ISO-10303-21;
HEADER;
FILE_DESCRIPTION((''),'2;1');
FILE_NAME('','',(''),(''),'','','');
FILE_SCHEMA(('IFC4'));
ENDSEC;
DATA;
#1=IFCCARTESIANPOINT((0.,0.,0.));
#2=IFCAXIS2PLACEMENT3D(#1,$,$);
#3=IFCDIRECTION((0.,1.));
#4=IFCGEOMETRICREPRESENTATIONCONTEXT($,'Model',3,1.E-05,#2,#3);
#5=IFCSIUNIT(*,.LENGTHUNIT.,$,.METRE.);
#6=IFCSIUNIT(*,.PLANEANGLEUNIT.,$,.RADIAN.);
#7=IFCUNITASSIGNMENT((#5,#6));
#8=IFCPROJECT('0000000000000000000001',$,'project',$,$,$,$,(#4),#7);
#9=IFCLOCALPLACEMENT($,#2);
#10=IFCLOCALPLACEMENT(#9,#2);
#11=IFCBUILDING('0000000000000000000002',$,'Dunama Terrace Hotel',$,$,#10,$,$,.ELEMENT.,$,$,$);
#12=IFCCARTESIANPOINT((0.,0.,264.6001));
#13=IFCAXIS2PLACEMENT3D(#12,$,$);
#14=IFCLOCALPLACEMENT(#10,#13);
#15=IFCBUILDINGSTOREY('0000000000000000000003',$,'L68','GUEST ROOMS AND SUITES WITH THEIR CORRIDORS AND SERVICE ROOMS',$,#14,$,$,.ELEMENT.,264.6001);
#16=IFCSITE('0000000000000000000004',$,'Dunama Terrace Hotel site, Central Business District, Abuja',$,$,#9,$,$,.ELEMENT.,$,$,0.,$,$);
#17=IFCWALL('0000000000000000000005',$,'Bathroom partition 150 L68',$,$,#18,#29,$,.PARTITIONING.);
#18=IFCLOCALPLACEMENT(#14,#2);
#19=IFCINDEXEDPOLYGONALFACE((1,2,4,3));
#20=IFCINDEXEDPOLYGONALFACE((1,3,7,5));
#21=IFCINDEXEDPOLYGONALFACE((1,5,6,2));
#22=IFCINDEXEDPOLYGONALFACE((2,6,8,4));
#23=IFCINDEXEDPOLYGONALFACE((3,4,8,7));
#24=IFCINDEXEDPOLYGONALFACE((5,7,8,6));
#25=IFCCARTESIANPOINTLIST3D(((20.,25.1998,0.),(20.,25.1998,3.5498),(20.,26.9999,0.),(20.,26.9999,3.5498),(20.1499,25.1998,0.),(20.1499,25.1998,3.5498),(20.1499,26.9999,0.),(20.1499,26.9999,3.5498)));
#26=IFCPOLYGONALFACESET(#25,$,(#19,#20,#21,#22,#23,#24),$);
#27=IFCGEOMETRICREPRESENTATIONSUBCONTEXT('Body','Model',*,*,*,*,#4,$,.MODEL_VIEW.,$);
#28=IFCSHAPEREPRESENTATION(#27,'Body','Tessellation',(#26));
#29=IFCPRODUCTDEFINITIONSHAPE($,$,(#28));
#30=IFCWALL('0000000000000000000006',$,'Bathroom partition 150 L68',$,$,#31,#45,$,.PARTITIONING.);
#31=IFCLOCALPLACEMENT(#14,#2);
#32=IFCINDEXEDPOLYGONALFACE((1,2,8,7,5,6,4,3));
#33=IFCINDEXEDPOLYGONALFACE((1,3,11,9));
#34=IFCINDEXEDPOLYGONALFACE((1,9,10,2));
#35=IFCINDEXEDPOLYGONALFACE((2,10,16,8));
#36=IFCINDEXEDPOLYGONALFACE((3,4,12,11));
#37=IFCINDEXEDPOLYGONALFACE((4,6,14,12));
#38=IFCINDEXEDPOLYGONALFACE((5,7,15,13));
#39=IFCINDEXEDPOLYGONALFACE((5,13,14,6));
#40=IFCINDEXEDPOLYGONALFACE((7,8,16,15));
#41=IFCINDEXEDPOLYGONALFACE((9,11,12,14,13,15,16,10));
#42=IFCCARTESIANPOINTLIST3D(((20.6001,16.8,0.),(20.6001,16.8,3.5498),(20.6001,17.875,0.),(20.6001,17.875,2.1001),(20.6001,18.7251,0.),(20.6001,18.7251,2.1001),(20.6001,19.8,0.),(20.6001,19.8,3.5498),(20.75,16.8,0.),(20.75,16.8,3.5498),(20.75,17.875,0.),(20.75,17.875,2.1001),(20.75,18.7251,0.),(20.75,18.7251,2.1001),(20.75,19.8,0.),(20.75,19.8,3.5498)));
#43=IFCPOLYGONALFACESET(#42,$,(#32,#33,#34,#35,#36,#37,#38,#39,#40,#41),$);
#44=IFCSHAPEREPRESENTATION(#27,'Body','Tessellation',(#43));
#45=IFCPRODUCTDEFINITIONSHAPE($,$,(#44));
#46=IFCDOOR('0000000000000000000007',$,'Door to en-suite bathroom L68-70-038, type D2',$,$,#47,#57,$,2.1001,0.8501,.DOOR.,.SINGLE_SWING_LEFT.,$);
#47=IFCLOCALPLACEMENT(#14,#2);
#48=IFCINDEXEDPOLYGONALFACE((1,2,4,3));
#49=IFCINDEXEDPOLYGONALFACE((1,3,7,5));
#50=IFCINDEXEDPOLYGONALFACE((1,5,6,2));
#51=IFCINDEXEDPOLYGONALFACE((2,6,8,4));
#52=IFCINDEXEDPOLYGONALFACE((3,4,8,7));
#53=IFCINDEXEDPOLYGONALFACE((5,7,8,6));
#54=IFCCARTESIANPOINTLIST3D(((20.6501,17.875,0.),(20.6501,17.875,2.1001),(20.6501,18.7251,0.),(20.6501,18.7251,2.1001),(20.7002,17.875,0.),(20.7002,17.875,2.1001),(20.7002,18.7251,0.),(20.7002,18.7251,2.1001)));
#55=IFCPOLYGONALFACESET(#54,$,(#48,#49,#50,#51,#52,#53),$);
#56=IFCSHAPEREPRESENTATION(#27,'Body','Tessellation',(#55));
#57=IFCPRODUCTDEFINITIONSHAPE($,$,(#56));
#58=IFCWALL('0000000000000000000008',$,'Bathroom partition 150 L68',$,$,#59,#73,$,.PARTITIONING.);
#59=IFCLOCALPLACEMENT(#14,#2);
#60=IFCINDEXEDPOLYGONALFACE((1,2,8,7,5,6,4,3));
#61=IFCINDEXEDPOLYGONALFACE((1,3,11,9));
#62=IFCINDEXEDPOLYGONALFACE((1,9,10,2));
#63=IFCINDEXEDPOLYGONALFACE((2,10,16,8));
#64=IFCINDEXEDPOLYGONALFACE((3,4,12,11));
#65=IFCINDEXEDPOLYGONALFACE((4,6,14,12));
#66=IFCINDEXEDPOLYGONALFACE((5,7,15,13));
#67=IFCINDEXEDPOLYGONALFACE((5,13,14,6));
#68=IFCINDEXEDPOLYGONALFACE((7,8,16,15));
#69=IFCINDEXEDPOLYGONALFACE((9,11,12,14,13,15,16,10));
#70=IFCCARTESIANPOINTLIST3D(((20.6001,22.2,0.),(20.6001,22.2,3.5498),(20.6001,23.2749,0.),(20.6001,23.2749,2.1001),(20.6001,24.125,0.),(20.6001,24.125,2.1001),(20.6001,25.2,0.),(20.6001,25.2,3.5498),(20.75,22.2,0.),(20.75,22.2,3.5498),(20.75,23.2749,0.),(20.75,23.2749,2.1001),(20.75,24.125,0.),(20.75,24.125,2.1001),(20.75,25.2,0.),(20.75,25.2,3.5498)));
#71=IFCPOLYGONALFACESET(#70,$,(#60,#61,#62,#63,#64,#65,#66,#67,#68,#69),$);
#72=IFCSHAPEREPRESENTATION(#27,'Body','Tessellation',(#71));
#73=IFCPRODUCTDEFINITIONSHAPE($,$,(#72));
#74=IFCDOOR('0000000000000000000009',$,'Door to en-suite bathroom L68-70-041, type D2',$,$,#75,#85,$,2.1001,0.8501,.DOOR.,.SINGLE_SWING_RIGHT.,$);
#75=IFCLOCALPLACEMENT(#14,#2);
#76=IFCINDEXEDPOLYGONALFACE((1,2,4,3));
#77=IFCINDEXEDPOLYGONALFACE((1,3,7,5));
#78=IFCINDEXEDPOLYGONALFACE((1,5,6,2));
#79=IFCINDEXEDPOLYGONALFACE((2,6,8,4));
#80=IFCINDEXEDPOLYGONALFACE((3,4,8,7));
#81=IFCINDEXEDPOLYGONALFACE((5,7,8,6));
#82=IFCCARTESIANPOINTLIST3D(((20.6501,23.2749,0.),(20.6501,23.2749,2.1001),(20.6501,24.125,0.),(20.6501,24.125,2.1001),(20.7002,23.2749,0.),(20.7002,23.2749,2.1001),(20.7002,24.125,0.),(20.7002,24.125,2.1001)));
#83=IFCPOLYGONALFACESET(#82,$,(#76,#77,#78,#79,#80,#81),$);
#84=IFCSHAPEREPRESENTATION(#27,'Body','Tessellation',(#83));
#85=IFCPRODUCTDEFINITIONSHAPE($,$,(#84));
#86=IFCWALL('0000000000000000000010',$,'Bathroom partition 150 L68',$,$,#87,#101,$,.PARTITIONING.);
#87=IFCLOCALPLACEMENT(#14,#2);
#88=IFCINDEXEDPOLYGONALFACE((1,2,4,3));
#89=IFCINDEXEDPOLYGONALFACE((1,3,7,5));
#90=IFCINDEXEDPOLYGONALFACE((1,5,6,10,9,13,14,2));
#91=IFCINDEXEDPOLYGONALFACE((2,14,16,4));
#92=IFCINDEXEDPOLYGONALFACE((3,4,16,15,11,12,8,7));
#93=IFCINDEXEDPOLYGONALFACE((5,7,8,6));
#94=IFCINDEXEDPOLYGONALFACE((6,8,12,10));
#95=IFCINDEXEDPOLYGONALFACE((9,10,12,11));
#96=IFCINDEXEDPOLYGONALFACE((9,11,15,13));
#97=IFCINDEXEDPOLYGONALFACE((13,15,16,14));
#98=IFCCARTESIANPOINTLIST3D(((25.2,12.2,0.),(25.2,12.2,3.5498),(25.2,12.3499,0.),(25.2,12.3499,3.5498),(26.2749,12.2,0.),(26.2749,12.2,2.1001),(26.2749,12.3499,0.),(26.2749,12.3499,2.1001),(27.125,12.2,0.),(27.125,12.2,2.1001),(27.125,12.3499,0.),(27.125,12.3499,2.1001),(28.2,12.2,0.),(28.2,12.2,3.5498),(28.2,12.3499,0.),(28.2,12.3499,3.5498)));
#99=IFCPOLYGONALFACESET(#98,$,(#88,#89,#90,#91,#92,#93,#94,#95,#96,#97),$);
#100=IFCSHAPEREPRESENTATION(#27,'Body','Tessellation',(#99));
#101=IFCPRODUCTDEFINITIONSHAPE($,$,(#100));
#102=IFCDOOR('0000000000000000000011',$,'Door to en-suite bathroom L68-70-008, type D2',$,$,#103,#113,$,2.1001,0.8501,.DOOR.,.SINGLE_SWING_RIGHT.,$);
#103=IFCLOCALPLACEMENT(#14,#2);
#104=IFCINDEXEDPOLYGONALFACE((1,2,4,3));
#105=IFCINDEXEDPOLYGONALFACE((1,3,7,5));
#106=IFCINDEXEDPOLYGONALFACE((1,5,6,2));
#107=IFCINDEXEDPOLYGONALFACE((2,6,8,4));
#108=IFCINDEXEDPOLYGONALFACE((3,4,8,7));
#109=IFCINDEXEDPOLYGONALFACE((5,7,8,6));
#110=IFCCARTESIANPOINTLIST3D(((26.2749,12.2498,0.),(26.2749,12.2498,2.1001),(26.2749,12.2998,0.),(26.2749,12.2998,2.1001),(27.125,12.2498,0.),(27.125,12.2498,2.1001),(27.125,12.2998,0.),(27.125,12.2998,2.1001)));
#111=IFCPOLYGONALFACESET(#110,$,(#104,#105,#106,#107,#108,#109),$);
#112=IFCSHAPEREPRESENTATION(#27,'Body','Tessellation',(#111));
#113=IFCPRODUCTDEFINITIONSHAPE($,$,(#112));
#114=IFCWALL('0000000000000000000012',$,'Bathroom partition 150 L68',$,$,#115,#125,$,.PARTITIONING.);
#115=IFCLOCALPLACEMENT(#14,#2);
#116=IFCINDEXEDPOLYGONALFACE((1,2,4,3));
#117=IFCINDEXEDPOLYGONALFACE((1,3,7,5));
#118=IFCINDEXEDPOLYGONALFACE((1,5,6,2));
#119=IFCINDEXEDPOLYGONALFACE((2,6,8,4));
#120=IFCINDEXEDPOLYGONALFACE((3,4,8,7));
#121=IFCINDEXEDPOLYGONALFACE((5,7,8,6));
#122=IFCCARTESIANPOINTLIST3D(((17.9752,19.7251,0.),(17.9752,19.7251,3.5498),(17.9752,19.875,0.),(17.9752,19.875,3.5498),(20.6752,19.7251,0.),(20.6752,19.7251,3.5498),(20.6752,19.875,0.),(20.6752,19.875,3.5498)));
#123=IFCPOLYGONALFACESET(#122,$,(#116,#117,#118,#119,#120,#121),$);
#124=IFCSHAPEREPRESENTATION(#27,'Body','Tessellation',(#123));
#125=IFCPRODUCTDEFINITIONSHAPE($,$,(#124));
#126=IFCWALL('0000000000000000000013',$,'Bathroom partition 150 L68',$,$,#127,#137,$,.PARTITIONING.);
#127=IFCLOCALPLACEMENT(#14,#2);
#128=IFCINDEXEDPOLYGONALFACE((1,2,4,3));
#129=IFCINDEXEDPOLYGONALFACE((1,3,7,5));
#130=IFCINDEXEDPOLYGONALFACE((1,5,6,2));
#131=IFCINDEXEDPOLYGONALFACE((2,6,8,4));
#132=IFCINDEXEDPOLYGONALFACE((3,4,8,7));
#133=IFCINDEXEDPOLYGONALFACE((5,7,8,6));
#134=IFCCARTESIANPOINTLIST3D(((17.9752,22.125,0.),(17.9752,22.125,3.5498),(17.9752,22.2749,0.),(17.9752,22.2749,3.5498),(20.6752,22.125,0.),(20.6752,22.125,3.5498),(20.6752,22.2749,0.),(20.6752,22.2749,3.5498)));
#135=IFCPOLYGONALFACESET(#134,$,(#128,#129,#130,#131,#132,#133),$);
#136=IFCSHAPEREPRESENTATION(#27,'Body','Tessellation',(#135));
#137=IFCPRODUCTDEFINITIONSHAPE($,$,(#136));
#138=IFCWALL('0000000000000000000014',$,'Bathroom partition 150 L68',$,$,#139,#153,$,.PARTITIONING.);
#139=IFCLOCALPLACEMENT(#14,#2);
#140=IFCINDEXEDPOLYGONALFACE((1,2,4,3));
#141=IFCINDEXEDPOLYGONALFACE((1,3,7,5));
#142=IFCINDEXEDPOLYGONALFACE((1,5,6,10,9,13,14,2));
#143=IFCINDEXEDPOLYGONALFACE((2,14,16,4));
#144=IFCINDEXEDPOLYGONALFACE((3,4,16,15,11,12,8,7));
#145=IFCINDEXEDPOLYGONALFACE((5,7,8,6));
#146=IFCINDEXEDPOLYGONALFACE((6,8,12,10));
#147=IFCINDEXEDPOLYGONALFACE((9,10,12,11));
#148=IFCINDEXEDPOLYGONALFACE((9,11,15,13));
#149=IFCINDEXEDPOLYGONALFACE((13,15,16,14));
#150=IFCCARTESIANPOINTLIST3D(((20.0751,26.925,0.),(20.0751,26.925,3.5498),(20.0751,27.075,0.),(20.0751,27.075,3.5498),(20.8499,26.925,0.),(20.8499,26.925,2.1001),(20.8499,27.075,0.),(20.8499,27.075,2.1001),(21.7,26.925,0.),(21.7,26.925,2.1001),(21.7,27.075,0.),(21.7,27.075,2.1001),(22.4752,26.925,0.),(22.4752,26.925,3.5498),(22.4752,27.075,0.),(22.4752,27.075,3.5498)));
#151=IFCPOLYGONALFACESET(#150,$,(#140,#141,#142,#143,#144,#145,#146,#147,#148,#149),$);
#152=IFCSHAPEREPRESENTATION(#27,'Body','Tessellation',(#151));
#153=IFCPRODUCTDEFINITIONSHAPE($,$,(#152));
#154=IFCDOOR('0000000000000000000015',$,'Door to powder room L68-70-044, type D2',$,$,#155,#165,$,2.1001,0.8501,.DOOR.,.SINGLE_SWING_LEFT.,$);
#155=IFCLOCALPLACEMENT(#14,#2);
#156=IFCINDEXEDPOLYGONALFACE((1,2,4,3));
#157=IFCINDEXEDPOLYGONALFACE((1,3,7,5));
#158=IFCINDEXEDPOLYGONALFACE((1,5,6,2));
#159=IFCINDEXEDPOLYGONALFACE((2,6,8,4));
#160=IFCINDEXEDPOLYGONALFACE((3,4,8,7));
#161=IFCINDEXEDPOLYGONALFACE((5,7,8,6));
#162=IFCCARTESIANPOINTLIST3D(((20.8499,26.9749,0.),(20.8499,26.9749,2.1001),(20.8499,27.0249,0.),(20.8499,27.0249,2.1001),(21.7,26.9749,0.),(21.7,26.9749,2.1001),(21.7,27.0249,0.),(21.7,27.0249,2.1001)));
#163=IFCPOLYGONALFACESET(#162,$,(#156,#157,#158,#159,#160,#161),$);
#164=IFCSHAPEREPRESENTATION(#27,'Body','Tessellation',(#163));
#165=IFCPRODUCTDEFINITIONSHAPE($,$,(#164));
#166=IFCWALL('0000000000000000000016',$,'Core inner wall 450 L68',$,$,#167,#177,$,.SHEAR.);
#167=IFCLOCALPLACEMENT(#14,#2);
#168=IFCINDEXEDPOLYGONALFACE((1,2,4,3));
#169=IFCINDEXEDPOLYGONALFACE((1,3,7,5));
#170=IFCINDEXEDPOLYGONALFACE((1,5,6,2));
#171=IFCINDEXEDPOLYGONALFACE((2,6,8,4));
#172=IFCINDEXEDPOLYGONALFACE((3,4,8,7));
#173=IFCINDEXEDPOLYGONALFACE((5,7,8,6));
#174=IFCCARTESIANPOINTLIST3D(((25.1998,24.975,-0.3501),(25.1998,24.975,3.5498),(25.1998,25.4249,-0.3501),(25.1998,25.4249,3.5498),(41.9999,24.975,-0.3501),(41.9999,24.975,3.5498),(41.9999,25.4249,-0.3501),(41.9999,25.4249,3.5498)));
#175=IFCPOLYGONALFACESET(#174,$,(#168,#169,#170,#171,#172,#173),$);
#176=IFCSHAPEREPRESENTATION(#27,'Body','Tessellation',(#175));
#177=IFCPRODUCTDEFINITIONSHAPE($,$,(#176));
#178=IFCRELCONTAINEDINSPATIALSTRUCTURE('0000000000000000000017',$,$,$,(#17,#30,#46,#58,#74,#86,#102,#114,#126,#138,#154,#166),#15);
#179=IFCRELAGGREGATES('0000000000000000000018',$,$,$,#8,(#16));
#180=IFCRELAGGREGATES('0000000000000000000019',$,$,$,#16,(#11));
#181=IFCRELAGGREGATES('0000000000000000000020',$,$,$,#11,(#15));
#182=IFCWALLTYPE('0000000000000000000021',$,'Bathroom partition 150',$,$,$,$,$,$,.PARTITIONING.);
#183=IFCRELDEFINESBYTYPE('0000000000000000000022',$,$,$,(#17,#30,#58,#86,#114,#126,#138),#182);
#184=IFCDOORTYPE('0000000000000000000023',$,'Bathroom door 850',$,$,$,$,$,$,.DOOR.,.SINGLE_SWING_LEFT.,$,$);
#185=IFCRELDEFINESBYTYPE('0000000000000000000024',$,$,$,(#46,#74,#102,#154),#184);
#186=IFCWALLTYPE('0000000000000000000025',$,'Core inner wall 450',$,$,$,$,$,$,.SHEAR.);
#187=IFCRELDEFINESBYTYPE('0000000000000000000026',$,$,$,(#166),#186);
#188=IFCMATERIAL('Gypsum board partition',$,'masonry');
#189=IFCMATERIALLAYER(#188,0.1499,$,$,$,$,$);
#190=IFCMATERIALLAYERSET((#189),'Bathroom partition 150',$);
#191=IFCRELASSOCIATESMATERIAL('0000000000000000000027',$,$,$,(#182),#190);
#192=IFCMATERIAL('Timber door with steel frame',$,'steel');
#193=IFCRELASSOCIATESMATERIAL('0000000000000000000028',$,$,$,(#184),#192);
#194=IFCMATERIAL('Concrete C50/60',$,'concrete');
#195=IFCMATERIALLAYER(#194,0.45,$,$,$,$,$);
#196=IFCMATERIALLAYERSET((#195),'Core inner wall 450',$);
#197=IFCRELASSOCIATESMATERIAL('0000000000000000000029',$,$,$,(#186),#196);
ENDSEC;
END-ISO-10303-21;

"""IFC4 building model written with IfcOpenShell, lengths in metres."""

from ifc_helpers import new_model, si_unit, direction, frame, frame_2d, origin, place, context, subcontext, project, spatial, rectangle, extrude, material, layer, layer_set, type_object, element, fill, save


model = new_model("IFC4")

# Units and contexts
model_context = context("Model", 3, precision=1e-05, world=origin(), true_north=direction((0.0, 1.0)))
body_context = subcontext(model_context, "Body", "Model", "MODEL_VIEW")
ifc_project = project(units=[si_unit("LENGTHUNIT", "METRE"), si_unit("PLANEANGLEUNIT", "RADIAN")], contexts=[model_context])

# Site, building, storey
site_placement = place(None, origin())
site = spatial("IfcSite", under=ifc_project, at=site_placement, Name="Dunama Terrace Hotel site, Central Business District, Abuja", CompositionType="ELEMENT", RefElevation=0.0)
building_placement = place(site_placement, origin())
building = spatial("IfcBuilding", under=site, at=building_placement, Name="Dunama Terrace Hotel", CompositionType="ELEMENT")
storey_placement = place(building_placement, frame((0.0, 0.0, 264.6001)))
storey = spatial("IfcBuildingStorey", under=building, at=storey_placement, Name="L68", Description="GUEST ROOMS AND SUITES WITH THEIR CORRIDORS AND SERVICE ROOMS", CompositionType="ELEMENT", Elevation=264.6001)

# Wall
ifc_material_1 = material(Name="Gypsum board partition", Category="masonry")
ifc_layer_1 = layer(ifc_material_1, 0.1499)
ifc_layer_set_1 = layer_set([ifc_layer_1], Name="Bathroom partition 150")
wall_type_1 = type_object("IfcWallType", Name="Bathroom partition 150", PredefinedType="PARTITIONING", material=ifc_layer_set_1)
wall_1_placement = place(storey_placement, frame((20.075, 25.2, 0.0), z_axis=(0.0, 0.0, 1.0), x_axis=(0.0, 1.0, 0.0)))
element("IfcWall", 1, at=wall_1_placement, inside=storey, type_object=wall_type_1, Name="Bathroom partition 150 L68", PredefinedType="PARTITIONING", context=body_context, shape_type="SweptSolid", body=[
    extrude(rectangle(XDim=1.8, YDim=0.1499, at=frame_2d((0.8999, 0.0))), origin(), (0.0, 0.0, 1.0), 3.5498),
])

# Walls, openings, doors
wall_2_placement = place(storey_placement, frame((20.675, 16.8, 0.0), z_axis=(0.0, 0.0, 1.0), x_axis=(0.0, 1.0, 0.0)))
wall_2 = element("IfcWall", 2, at=wall_2_placement, inside=storey, type_object=wall_type_1, Name="Bathroom partition 150 L68", PredefinedType="PARTITIONING", context=body_context, shape_type="SweptSolid", body=[
    extrude(rectangle(XDim=3.0, YDim=0.1499, at=frame_2d((1.5, 0.0))), origin(), (0.0, 0.0, 1.0), 3.5498),
])
opening_1_placement = place(wall_2_placement, frame((1.075, 0.0, 0.0)))
opening_1 = element("IfcOpeningElement", 3, at=opening_1_placement, cuts=wall_2, PredefinedType="OPENING", context=body_context, shape_type="SweptSolid", body=[
    extrude(rectangle(XDim=0.8501, YDim=2.1001, at=frame_2d((0.425, 1.05))), frame((0.0, 0.085, 0.0), z_axis=(0.0, -1.0, 0.0), x_axis=(1.0, 0.0, 0.0)), (0.0, 0.0, 1.0), 0.1699),
])
ifc_material_2 = material(Name="Timber door with steel frame", Category="steel")
door_type_1 = type_object("IfcDoorType", Name="Bathroom door 850", OperationType="SINGLE_SWING_LEFT", PredefinedType="DOOR", material=ifc_material_2)
door_1_placement = place(opening_1_placement, origin())
door_1 = element("IfcDoor", 4, at=door_1_placement, inside=storey, type_object=door_type_1, Name="Door to en-suite bathroom L68-70-038, type D2", OperationType="SINGLE_SWING_LEFT", OverallHeight=2.1001, OverallWidth=0.8501, PredefinedType="DOOR", context=body_context, shape_type="SweptSolid", body=[
    extrude(rectangle(XDim=0.8501, YDim=2.1001, at=frame_2d((0.425, 1.05))), frame((0.0, 0.0249, 0.0), z_axis=(0.0, -1.0, 0.0), x_axis=(1.0, 0.0, 0.0)), (0.0, 0.0, 1.0), 0.05),
])
fill(opening_1, door_1)
wall_3_placement = place(storey_placement, frame((20.675, 22.2, 0.0), z_axis=(0.0, 0.0, 1.0), x_axis=(0.0, 1.0, 0.0)))
wall_3 = element("IfcWall", 5, at=wall_3_placement, inside=storey, type_object=wall_type_1, Name="Bathroom partition 150 L68", PredefinedType="PARTITIONING", context=body_context, shape_type="SweptSolid", body=[
    extrude(rectangle(XDim=3.0, YDim=0.1499, at=frame_2d((1.5, 0.0))), origin(), (0.0, 0.0, 1.0), 3.5498),
])
opening_2_placement = place(wall_3_placement, frame((1.075, 0.0, 0.0)))
opening_2 = element("IfcOpeningElement", 6, at=opening_2_placement, cuts=wall_3, PredefinedType="OPENING", context=body_context, shape_type="SweptSolid", body=[
    extrude(rectangle(XDim=0.8501, YDim=2.1001, at=frame_2d((0.425, 1.05))), frame((0.0, 0.085, 0.0), z_axis=(0.0, -1.0, 0.0), x_axis=(1.0, 0.0, 0.0)), (0.0, 0.0, 1.0), 0.1699),
])
door_2_placement = place(opening_2_placement, origin())
door_2 = element("IfcDoor", 7, at=door_2_placement, inside=storey, type_object=door_type_1, Name="Door to en-suite bathroom L68-70-041, type D2", OperationType="SINGLE_SWING_RIGHT", OverallHeight=2.1001, OverallWidth=0.8501, PredefinedType="DOOR", context=body_context, shape_type="SweptSolid", body=[
    extrude(rectangle(XDim=0.8501, YDim=2.1001, at=frame_2d((0.425, 1.05))), frame((0.0, 0.0249, 0.0), z_axis=(0.0, -1.0, 0.0), x_axis=(1.0, 0.0, 0.0)), (0.0, 0.0, 1.0), 0.05),
])
fill(opening_2, door_2)
wall_4_placement = place(storey_placement, frame((25.2, 12.2749, 0.0), z_axis=(0.0, 0.0, 1.0), x_axis=(1.0, 0.0, 0.0)))
wall_4 = element("IfcWall", 8, at=wall_4_placement, inside=storey, type_object=wall_type_1, Name="Bathroom partition 150 L68", PredefinedType="PARTITIONING", context=body_context, shape_type="SweptSolid", body=[
    extrude(rectangle(XDim=3.0, YDim=0.1499, at=frame_2d((1.5, 0.0))), origin(), (0.0, 0.0, 1.0), 3.5498),
])
opening_3_placement = place(wall_4_placement, frame((1.075, 0.0, 0.0)))
opening_3 = element("IfcOpeningElement", 9, at=opening_3_placement, cuts=wall_4, PredefinedType="OPENING", context=body_context, shape_type="SweptSolid", body=[
    extrude(rectangle(XDim=0.8501, YDim=2.1001, at=frame_2d((0.425, 1.05))), frame((0.0, 0.085, 0.0), z_axis=(0.0, -1.0, 0.0), x_axis=(1.0, 0.0, 0.0)), (0.0, 0.0, 1.0), 0.1699),
])
door_3_placement = place(opening_3_placement, frame((0.8501, 0.0, 0.0), z_axis=(0.0, 0.0, 1.0), x_axis=(-1.0, 0.0, 0.0)))
door_3 = element("IfcDoor", 10, at=door_3_placement, inside=storey, type_object=door_type_1, Name="Door to en-suite bathroom L68-70-008, type D2", OperationType="SINGLE_SWING_RIGHT", OverallHeight=2.1001, OverallWidth=0.8501, PredefinedType="DOOR", context=body_context, shape_type="SweptSolid", body=[
    extrude(rectangle(XDim=0.8501, YDim=2.1001, at=frame_2d((0.425, 1.05))), frame((0.0, 0.0251, 0.0), z_axis=(0.0, -1.0, 0.0), x_axis=(1.0, 0.0, 0.0)), (0.0, 0.0, 1.0), 0.05),
])
fill(opening_3, door_3)

# Walls
for number, where, z_axis, x_axis, name in (
    (11, (17.9751, 19.8, 0.0), (0.0, 0.0, 1.0), (1.0, 0.0, 0.0), "Bathroom partition 150 L68"),
    (12, (17.9751, 22.2, 0.0), (0.0, 0.0, 1.0), (1.0, 0.0, 0.0), "Bathroom partition 150 L68"),
):
    element("IfcWall", number, at=place(storey_placement, frame(where, z_axis=z_axis, x_axis=x_axis)), inside=storey, type_object=wall_type_1, Name=name, PredefinedType="PARTITIONING", context=body_context, shape_type="SweptSolid", body=[
        extrude(rectangle(XDim=2.7, YDim=0.1499, at=frame_2d((1.3501, 0.0))), origin(), (0.0, 0.0, 1.0), 3.5498),
    ])

# Wall, opening, door
wall_5_placement = place(storey_placement, frame((20.075, 27.0, 0.0), z_axis=(0.0, 0.0, 1.0), x_axis=(1.0, 0.0, 0.0)))
wall_5 = element("IfcWall", 13, at=wall_5_placement, inside=storey, type_object=wall_type_1, Name="Bathroom partition 150 L68", PredefinedType="PARTITIONING", context=body_context, shape_type="SweptSolid", body=[
    extrude(rectangle(XDim=2.4001, YDim=0.1499, at=frame_2d((1.2002, 0.0))), origin(), (0.0, 0.0, 1.0), 3.5498),
])
opening_4_placement = place(wall_5_placement, frame((0.7749, 0.0, 0.0)))
opening_4 = element("IfcOpeningElement", 14, at=opening_4_placement, cuts=wall_5, PredefinedType="OPENING", context=body_context, shape_type="SweptSolid", body=[
    extrude(rectangle(XDim=0.8501, YDim=2.1001, at=frame_2d((0.425, 1.05))), frame((0.0, 0.085, 0.0), z_axis=(0.0, -1.0, 0.0), x_axis=(1.0, 0.0, 0.0)), (0.0, 0.0, 1.0), 0.1699),
])
door_4_placement = place(opening_4_placement, frame((0.8501, 0.0, 0.0), z_axis=(0.0, 0.0, 1.0), x_axis=(-1.0, 0.0, 0.0)))
door_4 = element("IfcDoor", 15, at=door_4_placement, inside=storey, type_object=door_type_1, Name="Door to powder room L68-70-044, type D2", OperationType="SINGLE_SWING_LEFT", OverallHeight=2.1001, OverallWidth=0.8501, PredefinedType="DOOR", context=body_context, shape_type="SweptSolid", body=[
    extrude(rectangle(XDim=0.8501, YDim=2.1001, at=frame_2d((0.425, 1.05))), frame((0.0, 0.0251, 0.0), z_axis=(0.0, -1.0, 0.0), x_axis=(1.0, 0.0, 0.0)), (0.0, 0.0, 1.0), 0.05),
])
fill(opening_4, door_4)

# Wall
ifc_material_3 = material(Name="Concrete C50/60", Category="concrete")
ifc_layer_2 = layer(ifc_material_3, 0.45)
ifc_layer_set_2 = layer_set([ifc_layer_2], Name="Core inner wall 450")
wall_type_2 = type_object("IfcWallType", Name="Core inner wall 450", PredefinedType="SHEAR", material=ifc_layer_set_2)
wall_6_placement = place(storey_placement, frame((25.2, 25.2, -0.3501), z_axis=(0.0, 0.0, 1.0), x_axis=(1.0, 0.0, 0.0)))
element("IfcWall", 16, at=wall_6_placement, inside=storey, type_object=wall_type_2, Name="Core inner wall 450 L68", PredefinedType="SHEAR", context=body_context, shape_type="SweptSolid", body=[
    extrude(rectangle(XDim=16.8, YDim=0.45, at=frame_2d((8.3999, 0.0))), origin(), (0.0, 0.0, 1.0), 3.8999),
])

save(model, "model.ifc")
